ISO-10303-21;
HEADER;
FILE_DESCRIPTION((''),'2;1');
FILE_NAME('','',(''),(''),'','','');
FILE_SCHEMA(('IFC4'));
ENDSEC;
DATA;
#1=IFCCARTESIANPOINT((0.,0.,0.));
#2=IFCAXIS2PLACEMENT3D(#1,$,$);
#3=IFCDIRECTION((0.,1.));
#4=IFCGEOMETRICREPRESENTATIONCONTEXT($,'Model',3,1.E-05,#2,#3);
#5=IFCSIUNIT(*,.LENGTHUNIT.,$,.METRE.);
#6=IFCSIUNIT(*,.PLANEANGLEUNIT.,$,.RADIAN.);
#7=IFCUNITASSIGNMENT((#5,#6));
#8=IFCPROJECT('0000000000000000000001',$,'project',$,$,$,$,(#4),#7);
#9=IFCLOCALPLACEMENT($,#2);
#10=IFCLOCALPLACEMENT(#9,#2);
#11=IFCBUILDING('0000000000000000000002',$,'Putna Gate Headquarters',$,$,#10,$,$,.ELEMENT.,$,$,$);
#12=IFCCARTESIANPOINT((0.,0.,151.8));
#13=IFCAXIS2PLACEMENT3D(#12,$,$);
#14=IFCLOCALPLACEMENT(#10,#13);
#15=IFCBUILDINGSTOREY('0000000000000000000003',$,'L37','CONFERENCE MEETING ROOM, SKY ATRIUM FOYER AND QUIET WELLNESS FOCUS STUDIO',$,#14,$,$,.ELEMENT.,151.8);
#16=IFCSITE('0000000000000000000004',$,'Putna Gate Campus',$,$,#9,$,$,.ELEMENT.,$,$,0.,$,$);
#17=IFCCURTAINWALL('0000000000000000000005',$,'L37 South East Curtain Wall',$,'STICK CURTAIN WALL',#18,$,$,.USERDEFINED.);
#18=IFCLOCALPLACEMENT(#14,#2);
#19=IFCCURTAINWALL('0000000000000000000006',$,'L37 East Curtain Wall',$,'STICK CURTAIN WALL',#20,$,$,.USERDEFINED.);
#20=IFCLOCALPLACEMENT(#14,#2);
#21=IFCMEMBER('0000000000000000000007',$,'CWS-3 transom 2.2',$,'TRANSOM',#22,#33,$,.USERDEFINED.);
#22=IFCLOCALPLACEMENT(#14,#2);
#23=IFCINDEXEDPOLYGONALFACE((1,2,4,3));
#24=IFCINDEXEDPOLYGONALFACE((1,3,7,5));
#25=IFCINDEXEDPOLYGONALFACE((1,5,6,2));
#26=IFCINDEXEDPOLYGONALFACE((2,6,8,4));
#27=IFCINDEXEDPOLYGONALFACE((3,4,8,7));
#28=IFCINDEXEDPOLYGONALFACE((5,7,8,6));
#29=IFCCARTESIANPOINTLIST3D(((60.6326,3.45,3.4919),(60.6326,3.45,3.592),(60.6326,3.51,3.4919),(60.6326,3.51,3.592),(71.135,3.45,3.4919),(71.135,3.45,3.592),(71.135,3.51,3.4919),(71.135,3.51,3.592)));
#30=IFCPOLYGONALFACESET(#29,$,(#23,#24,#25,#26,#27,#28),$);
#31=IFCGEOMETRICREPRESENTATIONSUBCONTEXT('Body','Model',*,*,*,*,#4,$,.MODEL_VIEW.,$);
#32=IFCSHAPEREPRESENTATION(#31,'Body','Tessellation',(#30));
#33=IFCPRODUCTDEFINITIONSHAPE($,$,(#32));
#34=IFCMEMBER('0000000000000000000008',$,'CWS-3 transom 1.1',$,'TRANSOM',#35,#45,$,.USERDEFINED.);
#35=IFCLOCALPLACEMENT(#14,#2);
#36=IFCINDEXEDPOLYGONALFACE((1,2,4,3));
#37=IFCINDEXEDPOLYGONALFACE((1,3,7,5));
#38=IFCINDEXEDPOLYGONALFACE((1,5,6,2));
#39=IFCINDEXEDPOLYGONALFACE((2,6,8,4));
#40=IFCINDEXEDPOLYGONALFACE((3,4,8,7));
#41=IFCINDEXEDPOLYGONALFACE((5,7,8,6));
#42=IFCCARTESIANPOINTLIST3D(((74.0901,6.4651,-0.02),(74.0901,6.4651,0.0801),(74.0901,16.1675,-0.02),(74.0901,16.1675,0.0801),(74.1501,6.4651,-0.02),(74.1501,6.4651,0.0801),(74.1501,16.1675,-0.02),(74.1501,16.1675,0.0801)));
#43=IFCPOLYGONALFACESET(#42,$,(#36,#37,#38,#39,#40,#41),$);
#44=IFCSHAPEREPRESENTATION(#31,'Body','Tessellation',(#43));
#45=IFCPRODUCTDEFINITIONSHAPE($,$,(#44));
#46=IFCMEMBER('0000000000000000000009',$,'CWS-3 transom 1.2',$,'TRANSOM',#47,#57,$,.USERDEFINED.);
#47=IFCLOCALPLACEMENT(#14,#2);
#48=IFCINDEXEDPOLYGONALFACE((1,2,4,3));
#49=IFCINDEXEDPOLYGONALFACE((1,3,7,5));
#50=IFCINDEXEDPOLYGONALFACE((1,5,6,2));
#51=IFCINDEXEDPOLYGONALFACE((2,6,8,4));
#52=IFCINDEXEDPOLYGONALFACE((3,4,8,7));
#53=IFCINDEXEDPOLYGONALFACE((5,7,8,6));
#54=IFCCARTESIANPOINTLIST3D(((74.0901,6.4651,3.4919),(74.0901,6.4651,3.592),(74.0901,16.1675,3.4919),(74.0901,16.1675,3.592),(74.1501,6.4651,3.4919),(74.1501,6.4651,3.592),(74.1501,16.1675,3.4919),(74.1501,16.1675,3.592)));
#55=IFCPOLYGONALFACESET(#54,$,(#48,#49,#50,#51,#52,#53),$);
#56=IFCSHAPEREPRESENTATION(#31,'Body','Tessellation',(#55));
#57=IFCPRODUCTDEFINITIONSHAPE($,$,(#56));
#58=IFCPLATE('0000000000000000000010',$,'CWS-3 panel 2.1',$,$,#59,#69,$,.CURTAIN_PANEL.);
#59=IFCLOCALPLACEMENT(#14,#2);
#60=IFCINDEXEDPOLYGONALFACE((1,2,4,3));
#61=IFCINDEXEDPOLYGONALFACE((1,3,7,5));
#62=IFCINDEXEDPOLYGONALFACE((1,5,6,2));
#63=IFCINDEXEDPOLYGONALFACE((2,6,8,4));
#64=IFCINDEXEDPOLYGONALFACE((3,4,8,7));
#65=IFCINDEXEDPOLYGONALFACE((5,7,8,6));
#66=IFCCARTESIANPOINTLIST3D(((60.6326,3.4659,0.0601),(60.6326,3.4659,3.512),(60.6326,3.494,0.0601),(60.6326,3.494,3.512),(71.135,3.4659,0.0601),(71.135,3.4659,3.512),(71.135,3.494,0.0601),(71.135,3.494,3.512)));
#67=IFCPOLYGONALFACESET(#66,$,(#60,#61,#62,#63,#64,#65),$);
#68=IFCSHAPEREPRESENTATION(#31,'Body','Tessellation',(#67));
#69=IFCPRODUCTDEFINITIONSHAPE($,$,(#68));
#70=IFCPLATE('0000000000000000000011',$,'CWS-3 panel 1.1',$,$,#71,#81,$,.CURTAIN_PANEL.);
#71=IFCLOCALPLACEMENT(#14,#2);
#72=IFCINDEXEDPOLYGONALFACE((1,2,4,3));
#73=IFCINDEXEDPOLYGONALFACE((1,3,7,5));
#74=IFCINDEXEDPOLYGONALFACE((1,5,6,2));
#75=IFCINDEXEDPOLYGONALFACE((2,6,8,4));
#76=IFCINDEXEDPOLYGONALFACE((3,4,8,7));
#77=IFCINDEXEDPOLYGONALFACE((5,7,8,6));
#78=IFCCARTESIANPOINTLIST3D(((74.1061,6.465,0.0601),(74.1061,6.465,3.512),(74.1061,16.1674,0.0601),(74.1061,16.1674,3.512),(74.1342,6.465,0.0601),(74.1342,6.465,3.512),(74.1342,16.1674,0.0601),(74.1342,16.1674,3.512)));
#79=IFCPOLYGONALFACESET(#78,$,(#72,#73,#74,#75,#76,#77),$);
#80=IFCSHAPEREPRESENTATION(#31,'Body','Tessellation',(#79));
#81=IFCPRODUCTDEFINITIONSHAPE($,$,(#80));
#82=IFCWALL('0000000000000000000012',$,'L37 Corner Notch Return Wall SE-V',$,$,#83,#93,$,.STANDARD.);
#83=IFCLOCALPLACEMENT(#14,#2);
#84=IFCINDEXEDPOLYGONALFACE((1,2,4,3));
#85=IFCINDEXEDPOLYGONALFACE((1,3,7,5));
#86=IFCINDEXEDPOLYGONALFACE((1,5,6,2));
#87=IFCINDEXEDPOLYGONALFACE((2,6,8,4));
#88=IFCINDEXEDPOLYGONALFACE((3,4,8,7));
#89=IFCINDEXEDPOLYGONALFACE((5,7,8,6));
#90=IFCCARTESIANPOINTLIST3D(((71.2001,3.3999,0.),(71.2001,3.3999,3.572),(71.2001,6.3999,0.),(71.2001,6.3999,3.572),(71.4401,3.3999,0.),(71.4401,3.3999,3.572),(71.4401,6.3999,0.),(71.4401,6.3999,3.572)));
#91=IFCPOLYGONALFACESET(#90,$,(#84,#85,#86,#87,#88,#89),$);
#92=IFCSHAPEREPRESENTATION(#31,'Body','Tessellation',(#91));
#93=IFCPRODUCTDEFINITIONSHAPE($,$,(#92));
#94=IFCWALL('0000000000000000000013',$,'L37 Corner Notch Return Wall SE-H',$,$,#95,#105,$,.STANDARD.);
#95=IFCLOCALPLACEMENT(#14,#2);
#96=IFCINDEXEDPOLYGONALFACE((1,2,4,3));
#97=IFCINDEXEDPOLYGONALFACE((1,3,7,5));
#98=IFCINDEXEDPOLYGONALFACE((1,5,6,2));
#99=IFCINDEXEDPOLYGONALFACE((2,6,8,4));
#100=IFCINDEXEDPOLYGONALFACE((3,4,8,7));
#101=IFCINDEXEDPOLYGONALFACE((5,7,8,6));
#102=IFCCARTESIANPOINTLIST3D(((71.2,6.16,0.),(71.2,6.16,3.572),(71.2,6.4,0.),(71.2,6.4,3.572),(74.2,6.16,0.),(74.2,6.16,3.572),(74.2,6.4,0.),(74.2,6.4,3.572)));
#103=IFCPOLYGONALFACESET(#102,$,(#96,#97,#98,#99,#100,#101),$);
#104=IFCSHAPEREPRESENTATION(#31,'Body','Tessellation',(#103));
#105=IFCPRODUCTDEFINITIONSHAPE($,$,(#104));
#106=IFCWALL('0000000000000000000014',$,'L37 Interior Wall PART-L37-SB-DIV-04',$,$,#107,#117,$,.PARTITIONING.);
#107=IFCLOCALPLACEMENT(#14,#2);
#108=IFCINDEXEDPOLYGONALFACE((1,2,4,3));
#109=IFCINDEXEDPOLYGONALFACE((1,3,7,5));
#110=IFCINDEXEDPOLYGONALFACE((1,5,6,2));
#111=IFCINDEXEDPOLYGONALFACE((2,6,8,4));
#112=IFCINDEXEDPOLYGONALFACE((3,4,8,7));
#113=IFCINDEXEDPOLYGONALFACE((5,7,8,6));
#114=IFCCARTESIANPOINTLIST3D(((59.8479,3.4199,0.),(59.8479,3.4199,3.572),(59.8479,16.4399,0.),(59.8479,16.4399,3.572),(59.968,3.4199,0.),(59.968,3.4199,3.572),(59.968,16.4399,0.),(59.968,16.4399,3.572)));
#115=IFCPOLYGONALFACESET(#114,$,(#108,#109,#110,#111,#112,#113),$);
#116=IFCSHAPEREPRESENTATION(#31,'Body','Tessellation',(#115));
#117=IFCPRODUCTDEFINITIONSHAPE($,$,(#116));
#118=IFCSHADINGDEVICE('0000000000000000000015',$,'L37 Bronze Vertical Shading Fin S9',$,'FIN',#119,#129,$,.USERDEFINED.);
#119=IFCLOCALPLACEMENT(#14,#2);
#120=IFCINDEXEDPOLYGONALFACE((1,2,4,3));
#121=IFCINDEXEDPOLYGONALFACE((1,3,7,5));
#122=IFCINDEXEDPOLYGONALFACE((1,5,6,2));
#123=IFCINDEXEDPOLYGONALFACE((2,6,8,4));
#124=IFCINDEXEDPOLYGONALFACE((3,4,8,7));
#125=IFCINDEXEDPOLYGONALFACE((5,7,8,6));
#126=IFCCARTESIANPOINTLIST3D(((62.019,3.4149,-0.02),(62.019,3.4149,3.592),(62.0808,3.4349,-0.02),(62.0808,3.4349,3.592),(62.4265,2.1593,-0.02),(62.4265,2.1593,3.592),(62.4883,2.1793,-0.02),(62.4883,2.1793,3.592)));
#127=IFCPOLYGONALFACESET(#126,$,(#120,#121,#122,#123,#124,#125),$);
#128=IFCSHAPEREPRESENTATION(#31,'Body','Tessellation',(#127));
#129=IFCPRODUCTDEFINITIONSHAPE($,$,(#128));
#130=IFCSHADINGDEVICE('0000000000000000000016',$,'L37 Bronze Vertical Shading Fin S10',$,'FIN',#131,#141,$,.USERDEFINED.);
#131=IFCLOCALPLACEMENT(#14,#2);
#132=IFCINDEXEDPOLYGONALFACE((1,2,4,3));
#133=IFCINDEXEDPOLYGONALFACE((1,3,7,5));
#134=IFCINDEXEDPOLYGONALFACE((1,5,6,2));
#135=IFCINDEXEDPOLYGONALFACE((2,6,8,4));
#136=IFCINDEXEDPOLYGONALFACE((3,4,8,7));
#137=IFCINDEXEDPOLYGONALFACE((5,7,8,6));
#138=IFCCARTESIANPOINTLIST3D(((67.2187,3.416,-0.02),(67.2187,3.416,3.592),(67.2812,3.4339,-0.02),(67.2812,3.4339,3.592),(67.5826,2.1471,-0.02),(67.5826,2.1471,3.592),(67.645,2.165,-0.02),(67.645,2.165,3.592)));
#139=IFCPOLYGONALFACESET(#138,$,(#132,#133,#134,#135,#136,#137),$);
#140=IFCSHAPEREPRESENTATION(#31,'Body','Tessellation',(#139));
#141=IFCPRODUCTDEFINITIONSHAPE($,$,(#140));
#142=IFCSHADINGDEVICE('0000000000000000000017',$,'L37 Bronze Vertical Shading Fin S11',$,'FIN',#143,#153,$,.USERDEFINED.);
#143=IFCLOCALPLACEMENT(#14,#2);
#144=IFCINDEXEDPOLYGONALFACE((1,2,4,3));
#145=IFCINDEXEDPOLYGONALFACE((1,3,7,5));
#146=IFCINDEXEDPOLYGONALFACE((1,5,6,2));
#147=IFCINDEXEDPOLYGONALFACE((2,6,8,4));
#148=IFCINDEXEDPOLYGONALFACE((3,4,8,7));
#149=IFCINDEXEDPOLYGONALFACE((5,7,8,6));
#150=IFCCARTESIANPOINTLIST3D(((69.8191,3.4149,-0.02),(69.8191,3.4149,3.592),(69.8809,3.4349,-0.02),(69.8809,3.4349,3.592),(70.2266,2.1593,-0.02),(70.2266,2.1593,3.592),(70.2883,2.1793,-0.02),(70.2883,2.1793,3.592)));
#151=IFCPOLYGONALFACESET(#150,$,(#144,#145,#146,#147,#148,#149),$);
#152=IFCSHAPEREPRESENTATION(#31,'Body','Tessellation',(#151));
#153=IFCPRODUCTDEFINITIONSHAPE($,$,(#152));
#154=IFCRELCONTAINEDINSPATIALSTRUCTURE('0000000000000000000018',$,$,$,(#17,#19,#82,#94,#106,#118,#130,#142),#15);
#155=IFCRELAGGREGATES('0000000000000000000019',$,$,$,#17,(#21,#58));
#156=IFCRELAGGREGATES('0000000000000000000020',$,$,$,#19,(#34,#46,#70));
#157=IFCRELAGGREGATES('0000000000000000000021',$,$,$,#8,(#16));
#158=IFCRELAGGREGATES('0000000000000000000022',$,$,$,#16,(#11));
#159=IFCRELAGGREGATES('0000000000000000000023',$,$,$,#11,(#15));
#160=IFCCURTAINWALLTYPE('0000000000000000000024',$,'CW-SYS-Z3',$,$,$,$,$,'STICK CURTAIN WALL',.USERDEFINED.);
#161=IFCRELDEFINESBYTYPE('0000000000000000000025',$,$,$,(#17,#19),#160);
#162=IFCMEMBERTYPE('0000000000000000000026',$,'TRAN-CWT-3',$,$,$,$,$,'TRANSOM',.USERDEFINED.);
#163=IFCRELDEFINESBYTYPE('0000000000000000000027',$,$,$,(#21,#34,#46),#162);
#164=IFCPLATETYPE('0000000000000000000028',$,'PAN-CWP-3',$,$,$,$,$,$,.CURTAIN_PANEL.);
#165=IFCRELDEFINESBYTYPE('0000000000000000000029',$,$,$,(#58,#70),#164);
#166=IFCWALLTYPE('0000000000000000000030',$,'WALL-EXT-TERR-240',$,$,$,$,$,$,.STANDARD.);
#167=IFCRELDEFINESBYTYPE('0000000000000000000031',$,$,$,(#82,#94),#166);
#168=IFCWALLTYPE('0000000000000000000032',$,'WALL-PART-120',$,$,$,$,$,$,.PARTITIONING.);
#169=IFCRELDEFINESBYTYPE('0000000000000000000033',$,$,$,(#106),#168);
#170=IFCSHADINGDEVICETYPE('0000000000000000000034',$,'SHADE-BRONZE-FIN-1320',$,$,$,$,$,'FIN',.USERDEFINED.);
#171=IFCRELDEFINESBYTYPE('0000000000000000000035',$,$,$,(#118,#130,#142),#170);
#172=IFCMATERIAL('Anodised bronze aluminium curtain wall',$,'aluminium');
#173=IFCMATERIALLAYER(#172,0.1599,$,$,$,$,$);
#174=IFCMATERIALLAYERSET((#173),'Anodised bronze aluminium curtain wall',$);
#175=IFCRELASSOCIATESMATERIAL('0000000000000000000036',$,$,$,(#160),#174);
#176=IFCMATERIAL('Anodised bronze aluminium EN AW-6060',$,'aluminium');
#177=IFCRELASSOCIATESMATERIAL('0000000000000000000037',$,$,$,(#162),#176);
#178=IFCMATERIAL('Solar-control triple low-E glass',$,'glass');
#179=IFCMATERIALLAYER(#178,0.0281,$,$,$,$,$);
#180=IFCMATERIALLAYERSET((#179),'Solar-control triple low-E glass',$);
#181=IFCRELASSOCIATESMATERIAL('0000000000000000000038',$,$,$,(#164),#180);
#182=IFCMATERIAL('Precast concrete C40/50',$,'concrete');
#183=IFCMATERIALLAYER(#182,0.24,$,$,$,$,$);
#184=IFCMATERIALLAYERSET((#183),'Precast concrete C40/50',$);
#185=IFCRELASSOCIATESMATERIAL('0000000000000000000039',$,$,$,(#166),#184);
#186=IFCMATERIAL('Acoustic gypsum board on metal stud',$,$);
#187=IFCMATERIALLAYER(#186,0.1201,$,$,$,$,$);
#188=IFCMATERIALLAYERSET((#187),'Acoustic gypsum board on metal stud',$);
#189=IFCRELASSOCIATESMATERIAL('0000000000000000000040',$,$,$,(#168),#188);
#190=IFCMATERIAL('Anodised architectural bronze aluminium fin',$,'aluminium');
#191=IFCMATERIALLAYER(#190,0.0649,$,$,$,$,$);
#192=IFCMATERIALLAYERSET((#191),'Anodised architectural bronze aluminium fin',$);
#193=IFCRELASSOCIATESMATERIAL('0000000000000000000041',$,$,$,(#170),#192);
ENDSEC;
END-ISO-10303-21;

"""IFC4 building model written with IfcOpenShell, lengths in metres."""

from ifc_helpers import new_model, si_unit, direction, frame, frame_2d, origin, origin_2d, place, context, subcontext, project, spatial, rectangle, extrude, material, layer, layer_set, material_profile, profile_set, type_object, element, aggregate, save


model = new_model("IFC4")

# Units and contexts
model_context = context("Model", 3, precision=1e-05, world=origin(), true_north=direction((0.0, 1.0)))
body_context = subcontext(model_context, "Body", "Model", "MODEL_VIEW")
ifc_project = project(units=[si_unit("LENGTHUNIT", "METRE"), si_unit("PLANEANGLEUNIT", "RADIAN")], contexts=[model_context])

# Site, building, storey
site_placement = place(None, origin())
site = spatial("IfcSite", under=ifc_project, at=site_placement, Name="Putna Gate Campus", CompositionType="ELEMENT", RefElevation=0.0)
building_placement = place(site_placement, origin())
building = spatial("IfcBuilding", under=site, at=building_placement, Name="Putna Gate Headquarters", CompositionType="ELEMENT")
storey_placement = place(building_placement, frame((0.0, 0.0, 151.8)))
storey = spatial("IfcBuildingStorey", under=building, at=storey_placement, Name="L37", Description="CONFERENCE MEETING ROOM, SKY ATRIUM FOYER AND QUIET WELLNESS FOCUS STUDIO", CompositionType="ELEMENT", Elevation=151.8)

# Curtain wall
ifc_material_1 = material(Name="Anodised bronze aluminium curtain wall", Category="aluminium")
ifc_layer_1 = layer(ifc_material_1, 0.1599)
ifc_layer_set_1 = layer_set([ifc_layer_1], Name="Anodised bronze aluminium curtain wall")
curtain_wall_type = type_object("IfcCurtainWallType", Name="CW-SYS-Z3", ElementType="STICK CURTAIN WALL", PredefinedType="USERDEFINED", material=ifc_layer_set_1)
curtain_wall_1_placement = place(storey_placement, origin())
curtain_wall_1 = element("IfcCurtainWall", 1, at=curtain_wall_1_placement, inside=storey, type_object=curtain_wall_type, Name="L37 South East Curtain Wall", ObjectType="STICK CURTAIN WALL", PredefinedType="USERDEFINED")
ifc_material_2 = material(Name="Anodised bronze aluminium EN AW-6060", Category="aluminium")

# Curtain wall
curtain_wall_2_placement = place(storey_placement, origin())
curtain_wall_2 = element("IfcCurtainWall", 2, at=curtain_wall_2_placement, inside=storey, type_object=curtain_wall_type, Name="L37 East Curtain Wall", ObjectType="STICK CURTAIN WALL", PredefinedType="USERDEFINED")

# Members
ifc_material_profile_1 = material_profile(ifc_material_2, rectangle(XDim=0.0601, YDim=0.1001, at=origin_2d()), Name="Anodised bronze aluminium EN AW-6060")
ifc_profile_set_1 = profile_set([ifc_material_profile_1], Name="Anodised bronze aluminium EN AW-6060")
member_type_1 = type_object("IfcMemberType", Name="TRAN-CWT-3", ElementType="TRANSOM", PredefinedType="USERDEFINED", material=ifc_profile_set_1)
member_1_placement = place(storey_placement, frame((60.6326, 3.48, 3.542), z_axis=(1.0, 0.0, 0.0), x_axis=(0.0, 1.0, 0.0)))
member_1 = element("IfcMember", 3, at=member_1_placement, type_object=member_type_1, Name="CWS-3 transom 2.2", ObjectType="TRANSOM", PredefinedType="USERDEFINED", context=body_context, shape_type="SweptSolid", body=[
    extrude(rectangle(XDim=0.0601, YDim=0.1001, at=origin_2d()), origin(), (0.0, 0.0, 1.0), 10.5024),
])
member_2_placement = place(storey_placement, frame((74.1201, 6.4651, 0.03), z_axis=(0.0, 1.0, 0.0), x_axis=(-1.0, 0.0, 0.0)))
member_2 = element("IfcMember", 4, at=member_2_placement, type_object=member_type_1, Name="CWS-3 transom 1.1", ObjectType="TRANSOM", PredefinedType="USERDEFINED", context=body_context, shape_type="SweptSolid", body=[
    extrude(rectangle(XDim=0.0601, YDim=0.1001, at=origin_2d()), origin(), (0.0, 0.0, 1.0), 9.7024),
])
member_3_placement = place(storey_placement, frame((74.1201, 6.4651, 3.542), z_axis=(0.0, 1.0, 0.0), x_axis=(-1.0, 0.0, 0.0)))
member_3 = element("IfcMember", 5, at=member_3_placement, type_object=member_type_1, Name="CWS-3 transom 1.2", ObjectType="TRANSOM", PredefinedType="USERDEFINED", context=body_context, shape_type="SweptSolid", body=[
    extrude(rectangle(XDim=0.0601, YDim=0.1001, at=origin_2d()), origin(), (0.0, 0.0, 1.0), 9.7024),
])

# Plates
ifc_material_3 = material(Name="Solar-control triple low-E glass", Category="glass")
ifc_layer_2 = layer(ifc_material_3, 0.0281)
ifc_layer_set_2 = layer_set([ifc_layer_2], Name="Solar-control triple low-E glass")
plate_type = type_object("IfcPlateType", Name="PAN-CWP-3", PredefinedType="CURTAIN_PANEL", material=ifc_layer_set_2)
plate_1_placement = place(storey_placement, frame((65.8838, 3.48, 0.0601), z_axis=(0.0, 0.0, 1.0), x_axis=(1.0, 0.0, 0.0)))
plate_1 = element("IfcPlate", 6, at=plate_1_placement, type_object=plate_type, Name="CWS-3 panel 2.1", PredefinedType="CURTAIN_PANEL", context=body_context, shape_type="SweptSolid", body=[
    extrude(rectangle(XDim=10.5024, YDim=0.0281, at=origin_2d()), origin(), (0.0, 0.0, 1.0), 3.4519),
])
aggregate(curtain_wall_1, [member_1, plate_1])
plate_2_placement = place(storey_placement, frame((74.1201, 11.3162, 0.0601), z_axis=(0.0, 0.0, 1.0), x_axis=(0.0, 1.0, 0.0)))
plate_2 = element("IfcPlate", 7, at=plate_2_placement, type_object=plate_type, Name="CWS-3 panel 1.1", PredefinedType="CURTAIN_PANEL", context=body_context, shape_type="SweptSolid", body=[
    extrude(rectangle(XDim=9.7024, YDim=0.0281, at=origin_2d()), origin(), (0.0, 0.0, 1.0), 3.4519),
])
aggregate(curtain_wall_2, [member_2, member_3, plate_2])

# Walls
ifc_material_4 = material(Name="Precast concrete C40/50", Category="concrete")
ifc_layer_3 = layer(ifc_material_4, 0.24)
ifc_layer_set_3 = layer_set([ifc_layer_3], Name="Precast concrete C40/50")
wall_type_1 = type_object("IfcWallType", Name="WALL-EXT-TERR-240", PredefinedType="STANDARD", material=ifc_layer_set_3)
for number, where, z_axis, x_axis, name in (
    (8, (71.3201, 6.3999, 0.0), (0.0, 0.0, 1.0), (0.0, -1.0, 0.0), "L37 Corner Notch Return Wall SE-V"),
    (9, (74.2, 6.28, 0.0), (0.0, 0.0, 1.0), (-1.0, 0.0, 0.0), "L37 Corner Notch Return Wall SE-H"),
):
    element("IfcWall", number, at=place(storey_placement, frame(where, z_axis=z_axis, x_axis=x_axis)), inside=storey, type_object=wall_type_1, Name=name, PredefinedType="STANDARD", context=body_context, shape_type="SweptSolid", body=[
        extrude(rectangle(XDim=3.0, YDim=0.24, at=frame_2d((1.5, 0.0))), origin(), (0.0, 0.0, 1.0), 3.572),
    ])
ifc_material_5 = material(Name="Acoustic gypsum board on metal stud")
ifc_layer_4 = layer(ifc_material_5, 0.1201)
ifc_layer_set_4 = layer_set([ifc_layer_4], Name="Acoustic gypsum board on metal stud")
wall_type_2 = type_object("IfcWallType", Name="WALL-PART-120", PredefinedType="PARTITIONING", material=ifc_layer_set_4)
wall_placement = place(storey_placement, frame((59.908, 3.4199, 0.0), z_axis=(0.0, 0.0, 1.0), x_axis=(0.0, 1.0, 0.0)))
element("IfcWall", 10, at=wall_placement, inside=storey, type_object=wall_type_2, Name="L37 Interior Wall PART-L37-SB-DIV-04", PredefinedType="PARTITIONING", context=body_context, shape_type="SweptSolid", body=[
    extrude(rectangle(XDim=13.02, YDim=0.1201, at=frame_2d((6.51, 0.0))), origin(), (0.0, 0.0, 1.0), 3.572),
])

# Shading devices
ifc_material_6 = material(Name="Anodised architectural bronze aluminium fin", Category="aluminium")
ifc_layer_5 = layer(ifc_material_6, 0.0649)
ifc_layer_set_5 = layer_set([ifc_layer_5], Name="Anodised architectural bronze aluminium fin")
shading_device_type = type_object("IfcShadingDeviceType", Name="SHADE-BRONZE-FIN-1320", ElementType="FIN", PredefinedType="USERDEFINED", material=ifc_layer_set_5)
for number, where, z_axis, x_axis, name in (
    (11, (62.2537, 2.7971, -0.02), (0.0, 0.0, 1.0), (0.308685, -0.951164, 0.0), "L37 Bronze Vertical Shading Fin S9"),
    (12, (67.4319, 2.7905, -0.02), (0.0, 0.0, 1.0), (0.275637, -0.961262, 0.0), "L37 Bronze Vertical Shading Fin S10"),
    (13, (70.0537, 2.7971, -0.02), (0.0, 0.0, 1.0), (0.308685, -0.951164, 0.0), "L37 Bronze Vertical Shading Fin S11"),
):
    element("IfcShadingDevice", number, at=place(storey_placement, frame(where, z_axis=z_axis, x_axis=x_axis)), inside=storey, type_object=shading_device_type, Name=name, ObjectType="FIN", PredefinedType="USERDEFINED", context=body_context, shape_type="SweptSolid", body=[
        extrude(rectangle(XDim=1.3201, YDim=0.0649, at=origin_2d()), origin(), (0.0, 0.0, 1.0), 3.6121),
    ])

save(model, "model.ifc")
